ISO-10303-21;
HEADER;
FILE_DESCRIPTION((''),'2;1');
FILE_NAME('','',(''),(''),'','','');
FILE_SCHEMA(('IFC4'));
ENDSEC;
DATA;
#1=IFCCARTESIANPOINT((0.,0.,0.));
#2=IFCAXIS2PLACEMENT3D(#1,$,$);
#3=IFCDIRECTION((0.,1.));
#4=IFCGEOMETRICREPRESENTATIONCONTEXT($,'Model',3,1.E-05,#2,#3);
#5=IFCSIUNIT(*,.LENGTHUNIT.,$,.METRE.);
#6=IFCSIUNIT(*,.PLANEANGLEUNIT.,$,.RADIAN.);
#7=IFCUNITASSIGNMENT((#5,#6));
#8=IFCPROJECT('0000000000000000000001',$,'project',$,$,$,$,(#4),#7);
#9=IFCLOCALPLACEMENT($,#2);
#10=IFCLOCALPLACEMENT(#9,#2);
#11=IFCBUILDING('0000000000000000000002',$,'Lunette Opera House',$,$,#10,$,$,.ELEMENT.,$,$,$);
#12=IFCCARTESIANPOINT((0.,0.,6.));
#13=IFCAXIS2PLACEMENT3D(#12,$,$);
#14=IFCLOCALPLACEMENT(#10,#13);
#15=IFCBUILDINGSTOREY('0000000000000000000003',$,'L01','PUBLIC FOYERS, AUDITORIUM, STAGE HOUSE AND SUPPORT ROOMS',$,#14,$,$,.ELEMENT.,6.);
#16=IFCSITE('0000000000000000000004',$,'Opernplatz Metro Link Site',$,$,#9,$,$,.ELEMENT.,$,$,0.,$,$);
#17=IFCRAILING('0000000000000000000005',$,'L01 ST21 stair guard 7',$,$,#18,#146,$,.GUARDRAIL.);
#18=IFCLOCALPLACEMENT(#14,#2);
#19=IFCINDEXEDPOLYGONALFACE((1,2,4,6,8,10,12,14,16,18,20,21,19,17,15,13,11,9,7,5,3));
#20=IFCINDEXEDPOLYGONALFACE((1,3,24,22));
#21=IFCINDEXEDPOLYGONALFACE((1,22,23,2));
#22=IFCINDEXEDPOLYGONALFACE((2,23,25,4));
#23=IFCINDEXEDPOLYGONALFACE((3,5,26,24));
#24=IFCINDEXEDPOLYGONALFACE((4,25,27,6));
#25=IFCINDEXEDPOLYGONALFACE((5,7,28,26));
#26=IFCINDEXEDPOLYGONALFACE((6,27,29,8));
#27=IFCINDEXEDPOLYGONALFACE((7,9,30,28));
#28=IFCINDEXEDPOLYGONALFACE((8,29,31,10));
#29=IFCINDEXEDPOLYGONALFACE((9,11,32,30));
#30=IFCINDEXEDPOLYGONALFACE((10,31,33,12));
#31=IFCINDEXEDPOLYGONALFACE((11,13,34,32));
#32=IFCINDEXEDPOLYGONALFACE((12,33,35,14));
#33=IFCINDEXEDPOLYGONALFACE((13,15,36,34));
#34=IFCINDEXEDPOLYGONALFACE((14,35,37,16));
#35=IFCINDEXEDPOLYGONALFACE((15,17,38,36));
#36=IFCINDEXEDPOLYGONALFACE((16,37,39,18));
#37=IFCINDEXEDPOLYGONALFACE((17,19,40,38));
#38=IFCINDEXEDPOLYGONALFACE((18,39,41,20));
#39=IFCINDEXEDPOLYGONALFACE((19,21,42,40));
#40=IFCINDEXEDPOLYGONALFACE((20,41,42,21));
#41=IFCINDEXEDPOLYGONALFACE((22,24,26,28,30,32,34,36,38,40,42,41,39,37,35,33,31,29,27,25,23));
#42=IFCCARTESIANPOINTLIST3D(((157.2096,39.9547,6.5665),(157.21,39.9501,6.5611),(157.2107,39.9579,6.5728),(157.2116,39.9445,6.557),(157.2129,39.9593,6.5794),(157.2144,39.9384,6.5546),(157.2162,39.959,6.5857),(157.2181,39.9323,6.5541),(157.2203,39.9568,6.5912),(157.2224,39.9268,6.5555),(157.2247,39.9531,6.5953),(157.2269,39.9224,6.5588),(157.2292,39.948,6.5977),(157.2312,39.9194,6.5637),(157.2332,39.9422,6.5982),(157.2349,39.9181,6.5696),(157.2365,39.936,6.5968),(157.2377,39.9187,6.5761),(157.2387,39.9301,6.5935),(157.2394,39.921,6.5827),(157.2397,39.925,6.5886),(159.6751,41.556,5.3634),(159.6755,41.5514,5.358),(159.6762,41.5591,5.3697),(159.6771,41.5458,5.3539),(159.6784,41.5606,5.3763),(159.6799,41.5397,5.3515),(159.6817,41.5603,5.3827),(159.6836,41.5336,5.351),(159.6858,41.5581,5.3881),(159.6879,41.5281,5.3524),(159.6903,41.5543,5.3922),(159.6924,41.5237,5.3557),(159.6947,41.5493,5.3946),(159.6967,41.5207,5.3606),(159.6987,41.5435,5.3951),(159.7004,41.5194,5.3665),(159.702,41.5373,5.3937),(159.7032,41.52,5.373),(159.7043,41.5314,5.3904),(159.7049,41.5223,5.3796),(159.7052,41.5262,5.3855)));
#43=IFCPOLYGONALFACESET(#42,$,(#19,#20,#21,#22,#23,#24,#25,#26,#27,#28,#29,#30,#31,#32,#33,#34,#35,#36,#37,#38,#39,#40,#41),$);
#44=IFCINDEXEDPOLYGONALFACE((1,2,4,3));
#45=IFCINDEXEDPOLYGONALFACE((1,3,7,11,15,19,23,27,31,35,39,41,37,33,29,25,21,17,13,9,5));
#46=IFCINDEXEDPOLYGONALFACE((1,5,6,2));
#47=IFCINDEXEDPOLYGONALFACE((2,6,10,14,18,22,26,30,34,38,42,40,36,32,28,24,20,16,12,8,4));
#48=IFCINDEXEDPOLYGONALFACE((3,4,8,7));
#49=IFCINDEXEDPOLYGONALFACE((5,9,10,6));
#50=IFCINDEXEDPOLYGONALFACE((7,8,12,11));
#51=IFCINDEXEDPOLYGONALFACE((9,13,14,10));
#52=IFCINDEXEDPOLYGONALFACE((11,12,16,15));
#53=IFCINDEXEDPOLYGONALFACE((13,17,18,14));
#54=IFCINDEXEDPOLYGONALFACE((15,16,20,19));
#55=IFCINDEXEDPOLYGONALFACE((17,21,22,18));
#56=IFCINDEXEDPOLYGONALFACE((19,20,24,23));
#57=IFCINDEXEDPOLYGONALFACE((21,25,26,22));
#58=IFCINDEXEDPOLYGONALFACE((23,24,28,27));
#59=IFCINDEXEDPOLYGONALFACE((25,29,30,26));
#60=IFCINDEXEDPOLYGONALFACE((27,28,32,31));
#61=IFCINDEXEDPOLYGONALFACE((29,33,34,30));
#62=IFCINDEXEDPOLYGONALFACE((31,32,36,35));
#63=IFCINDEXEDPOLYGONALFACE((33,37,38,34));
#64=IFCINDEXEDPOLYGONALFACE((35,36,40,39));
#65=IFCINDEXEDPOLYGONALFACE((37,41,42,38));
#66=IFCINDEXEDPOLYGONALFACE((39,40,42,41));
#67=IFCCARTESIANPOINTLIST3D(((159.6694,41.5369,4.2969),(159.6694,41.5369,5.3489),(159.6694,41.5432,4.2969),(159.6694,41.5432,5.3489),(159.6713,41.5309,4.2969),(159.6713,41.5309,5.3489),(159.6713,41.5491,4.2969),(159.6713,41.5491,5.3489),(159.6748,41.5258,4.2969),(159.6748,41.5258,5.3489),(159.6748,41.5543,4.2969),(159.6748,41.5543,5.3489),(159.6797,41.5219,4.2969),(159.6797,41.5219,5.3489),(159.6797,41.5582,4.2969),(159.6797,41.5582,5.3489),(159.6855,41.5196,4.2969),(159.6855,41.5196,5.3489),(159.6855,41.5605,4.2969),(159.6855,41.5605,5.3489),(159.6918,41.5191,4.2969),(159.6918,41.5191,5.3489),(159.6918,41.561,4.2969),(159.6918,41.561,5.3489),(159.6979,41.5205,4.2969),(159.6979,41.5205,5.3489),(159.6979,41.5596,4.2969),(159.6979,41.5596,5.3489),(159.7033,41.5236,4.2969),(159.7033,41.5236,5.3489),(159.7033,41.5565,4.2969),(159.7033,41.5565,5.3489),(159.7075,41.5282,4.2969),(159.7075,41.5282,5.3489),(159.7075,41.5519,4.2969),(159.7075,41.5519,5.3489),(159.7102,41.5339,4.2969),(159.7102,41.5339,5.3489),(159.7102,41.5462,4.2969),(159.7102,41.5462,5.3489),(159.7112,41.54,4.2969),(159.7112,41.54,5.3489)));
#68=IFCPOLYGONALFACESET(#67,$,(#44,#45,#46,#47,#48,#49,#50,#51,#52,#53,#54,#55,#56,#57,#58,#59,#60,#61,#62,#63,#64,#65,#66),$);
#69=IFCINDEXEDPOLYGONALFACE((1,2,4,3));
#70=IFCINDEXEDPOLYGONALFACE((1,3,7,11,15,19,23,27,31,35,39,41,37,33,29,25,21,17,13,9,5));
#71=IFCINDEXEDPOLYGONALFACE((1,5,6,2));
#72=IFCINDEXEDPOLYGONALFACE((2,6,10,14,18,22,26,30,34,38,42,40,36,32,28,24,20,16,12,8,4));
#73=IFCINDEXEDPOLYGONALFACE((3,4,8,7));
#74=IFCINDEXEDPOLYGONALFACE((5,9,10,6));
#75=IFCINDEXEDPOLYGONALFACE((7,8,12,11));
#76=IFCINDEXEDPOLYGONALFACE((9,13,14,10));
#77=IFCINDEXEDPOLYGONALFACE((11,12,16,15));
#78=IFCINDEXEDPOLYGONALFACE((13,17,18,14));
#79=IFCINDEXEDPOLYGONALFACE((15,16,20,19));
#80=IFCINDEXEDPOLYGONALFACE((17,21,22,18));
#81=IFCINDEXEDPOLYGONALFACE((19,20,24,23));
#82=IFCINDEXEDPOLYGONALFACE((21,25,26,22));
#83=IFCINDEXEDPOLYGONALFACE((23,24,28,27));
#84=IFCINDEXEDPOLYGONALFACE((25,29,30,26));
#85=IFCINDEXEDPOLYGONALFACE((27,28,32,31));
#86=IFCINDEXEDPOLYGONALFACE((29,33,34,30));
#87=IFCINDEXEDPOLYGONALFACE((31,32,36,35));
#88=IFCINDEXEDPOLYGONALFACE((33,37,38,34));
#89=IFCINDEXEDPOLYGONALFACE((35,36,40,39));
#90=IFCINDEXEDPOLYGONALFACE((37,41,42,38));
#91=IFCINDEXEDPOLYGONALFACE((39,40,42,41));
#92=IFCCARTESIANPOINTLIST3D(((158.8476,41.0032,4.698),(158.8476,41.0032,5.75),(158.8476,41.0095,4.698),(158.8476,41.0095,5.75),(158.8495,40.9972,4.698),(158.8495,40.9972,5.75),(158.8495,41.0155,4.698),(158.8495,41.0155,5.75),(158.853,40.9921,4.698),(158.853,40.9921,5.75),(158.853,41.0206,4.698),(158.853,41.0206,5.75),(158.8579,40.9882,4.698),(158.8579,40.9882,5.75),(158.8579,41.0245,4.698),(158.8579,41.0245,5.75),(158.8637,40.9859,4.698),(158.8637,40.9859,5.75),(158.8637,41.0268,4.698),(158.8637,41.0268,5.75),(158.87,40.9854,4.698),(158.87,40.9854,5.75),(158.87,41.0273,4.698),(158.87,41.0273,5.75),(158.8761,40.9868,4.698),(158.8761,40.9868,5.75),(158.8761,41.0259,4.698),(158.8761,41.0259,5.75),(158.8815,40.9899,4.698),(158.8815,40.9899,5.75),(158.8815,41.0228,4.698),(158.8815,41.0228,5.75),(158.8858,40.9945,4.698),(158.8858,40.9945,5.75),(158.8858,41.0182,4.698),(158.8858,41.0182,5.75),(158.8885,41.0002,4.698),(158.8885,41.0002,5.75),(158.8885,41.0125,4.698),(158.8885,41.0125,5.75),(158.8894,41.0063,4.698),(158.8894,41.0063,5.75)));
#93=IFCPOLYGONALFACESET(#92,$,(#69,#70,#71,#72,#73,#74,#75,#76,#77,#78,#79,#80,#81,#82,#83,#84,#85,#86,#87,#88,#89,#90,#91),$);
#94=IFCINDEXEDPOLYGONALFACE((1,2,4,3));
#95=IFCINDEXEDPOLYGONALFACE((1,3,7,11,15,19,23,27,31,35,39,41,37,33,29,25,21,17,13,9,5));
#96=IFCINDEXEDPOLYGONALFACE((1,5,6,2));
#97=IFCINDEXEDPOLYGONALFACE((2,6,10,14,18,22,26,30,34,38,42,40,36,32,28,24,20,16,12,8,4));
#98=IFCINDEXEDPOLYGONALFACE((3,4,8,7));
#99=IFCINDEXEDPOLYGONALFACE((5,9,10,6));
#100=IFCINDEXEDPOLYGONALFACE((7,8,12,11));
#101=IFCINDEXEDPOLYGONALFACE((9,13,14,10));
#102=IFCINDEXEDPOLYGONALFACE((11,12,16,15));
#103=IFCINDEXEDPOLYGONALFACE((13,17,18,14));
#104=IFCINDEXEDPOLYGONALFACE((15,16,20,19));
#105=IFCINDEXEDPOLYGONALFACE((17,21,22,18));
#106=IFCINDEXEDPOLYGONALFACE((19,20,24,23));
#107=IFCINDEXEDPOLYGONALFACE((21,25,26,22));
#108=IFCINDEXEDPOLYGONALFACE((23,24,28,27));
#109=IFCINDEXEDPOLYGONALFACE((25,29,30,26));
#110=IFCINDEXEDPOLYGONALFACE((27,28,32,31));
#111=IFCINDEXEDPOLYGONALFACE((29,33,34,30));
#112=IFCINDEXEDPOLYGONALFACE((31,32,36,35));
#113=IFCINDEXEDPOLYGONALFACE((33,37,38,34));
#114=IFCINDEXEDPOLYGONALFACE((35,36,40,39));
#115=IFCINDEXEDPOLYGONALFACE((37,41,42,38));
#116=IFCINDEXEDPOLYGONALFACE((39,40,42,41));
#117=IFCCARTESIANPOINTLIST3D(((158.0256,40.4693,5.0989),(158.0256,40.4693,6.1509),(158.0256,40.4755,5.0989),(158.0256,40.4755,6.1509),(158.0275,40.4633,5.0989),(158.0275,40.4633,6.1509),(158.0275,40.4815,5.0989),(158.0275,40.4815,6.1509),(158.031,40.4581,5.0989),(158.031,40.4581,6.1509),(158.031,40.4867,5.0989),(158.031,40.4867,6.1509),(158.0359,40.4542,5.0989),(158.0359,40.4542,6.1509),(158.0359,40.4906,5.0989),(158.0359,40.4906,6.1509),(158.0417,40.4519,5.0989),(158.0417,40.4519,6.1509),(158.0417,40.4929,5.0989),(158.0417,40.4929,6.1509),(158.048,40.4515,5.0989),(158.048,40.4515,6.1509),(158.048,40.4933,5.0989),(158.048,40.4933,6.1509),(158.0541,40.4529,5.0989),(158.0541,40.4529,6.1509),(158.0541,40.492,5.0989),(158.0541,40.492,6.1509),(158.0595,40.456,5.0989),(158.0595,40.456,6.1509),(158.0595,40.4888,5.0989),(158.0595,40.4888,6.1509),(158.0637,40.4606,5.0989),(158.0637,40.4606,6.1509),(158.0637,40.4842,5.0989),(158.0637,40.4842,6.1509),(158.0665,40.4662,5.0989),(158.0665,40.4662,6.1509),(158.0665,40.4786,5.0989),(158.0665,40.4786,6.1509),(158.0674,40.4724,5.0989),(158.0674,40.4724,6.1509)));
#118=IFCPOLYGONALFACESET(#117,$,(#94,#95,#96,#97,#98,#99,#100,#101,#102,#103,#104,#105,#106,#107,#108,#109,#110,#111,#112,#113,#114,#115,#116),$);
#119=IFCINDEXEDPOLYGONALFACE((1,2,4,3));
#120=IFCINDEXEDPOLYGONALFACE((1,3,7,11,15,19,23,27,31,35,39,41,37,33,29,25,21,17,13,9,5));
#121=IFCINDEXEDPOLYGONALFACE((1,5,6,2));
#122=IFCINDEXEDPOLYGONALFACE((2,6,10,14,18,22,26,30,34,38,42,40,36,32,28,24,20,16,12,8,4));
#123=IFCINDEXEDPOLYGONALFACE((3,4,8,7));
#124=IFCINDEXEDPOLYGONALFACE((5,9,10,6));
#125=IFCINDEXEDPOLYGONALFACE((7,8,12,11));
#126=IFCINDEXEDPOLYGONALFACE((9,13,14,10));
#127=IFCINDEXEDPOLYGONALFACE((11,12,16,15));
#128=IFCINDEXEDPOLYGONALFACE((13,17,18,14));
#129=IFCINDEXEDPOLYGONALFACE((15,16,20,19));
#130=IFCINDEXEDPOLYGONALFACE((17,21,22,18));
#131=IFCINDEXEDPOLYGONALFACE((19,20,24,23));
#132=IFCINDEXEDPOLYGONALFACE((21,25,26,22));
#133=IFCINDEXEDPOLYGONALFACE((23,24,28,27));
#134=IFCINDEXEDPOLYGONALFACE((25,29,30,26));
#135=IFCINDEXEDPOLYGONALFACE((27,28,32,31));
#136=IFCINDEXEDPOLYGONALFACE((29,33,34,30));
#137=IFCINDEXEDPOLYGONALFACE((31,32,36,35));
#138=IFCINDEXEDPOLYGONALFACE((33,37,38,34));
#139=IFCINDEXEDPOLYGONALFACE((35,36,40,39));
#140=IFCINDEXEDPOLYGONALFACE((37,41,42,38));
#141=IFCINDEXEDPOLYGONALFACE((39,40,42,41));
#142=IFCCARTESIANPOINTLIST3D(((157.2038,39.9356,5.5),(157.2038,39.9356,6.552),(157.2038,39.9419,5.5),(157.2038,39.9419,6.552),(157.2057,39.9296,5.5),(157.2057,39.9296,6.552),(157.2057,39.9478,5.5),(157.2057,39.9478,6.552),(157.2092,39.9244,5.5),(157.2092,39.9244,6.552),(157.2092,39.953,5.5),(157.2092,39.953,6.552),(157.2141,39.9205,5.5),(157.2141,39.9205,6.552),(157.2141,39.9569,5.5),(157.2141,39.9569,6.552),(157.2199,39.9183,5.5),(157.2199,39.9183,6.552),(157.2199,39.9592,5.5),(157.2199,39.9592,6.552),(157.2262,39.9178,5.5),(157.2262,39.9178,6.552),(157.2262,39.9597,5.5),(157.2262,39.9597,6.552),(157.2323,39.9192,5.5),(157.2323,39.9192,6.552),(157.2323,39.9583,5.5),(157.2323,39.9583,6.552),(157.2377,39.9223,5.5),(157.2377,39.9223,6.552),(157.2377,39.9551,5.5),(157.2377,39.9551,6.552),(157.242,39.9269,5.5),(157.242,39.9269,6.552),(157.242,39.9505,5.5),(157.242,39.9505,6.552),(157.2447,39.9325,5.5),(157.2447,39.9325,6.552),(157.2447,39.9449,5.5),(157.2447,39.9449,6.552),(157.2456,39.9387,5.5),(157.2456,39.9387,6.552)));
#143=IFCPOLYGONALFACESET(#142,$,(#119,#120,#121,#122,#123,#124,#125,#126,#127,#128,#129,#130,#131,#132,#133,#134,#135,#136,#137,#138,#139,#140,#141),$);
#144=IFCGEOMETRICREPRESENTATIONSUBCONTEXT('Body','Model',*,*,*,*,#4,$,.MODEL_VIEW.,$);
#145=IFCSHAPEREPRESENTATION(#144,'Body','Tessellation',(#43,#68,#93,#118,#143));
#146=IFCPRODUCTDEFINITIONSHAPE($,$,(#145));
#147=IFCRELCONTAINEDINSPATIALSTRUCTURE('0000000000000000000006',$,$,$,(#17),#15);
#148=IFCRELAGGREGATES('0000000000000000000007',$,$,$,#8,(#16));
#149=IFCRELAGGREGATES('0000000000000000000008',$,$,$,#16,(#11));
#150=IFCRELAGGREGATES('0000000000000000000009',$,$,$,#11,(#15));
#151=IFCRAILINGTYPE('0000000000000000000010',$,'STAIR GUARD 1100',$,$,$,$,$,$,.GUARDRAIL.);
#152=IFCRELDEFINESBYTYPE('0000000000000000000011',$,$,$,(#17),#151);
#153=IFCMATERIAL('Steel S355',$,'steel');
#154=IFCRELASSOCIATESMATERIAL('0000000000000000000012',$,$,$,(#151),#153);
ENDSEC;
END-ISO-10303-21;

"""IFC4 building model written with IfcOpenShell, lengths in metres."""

from ifc_helpers import new_model, si_unit, direction, frame, origin, origin_2d, place, context, subcontext, project, spatial, circle, extrude, material, type_object, element, save


model = new_model("IFC4")

# Units and contexts
model_context = context("Model", 3, precision=1e-05, world=origin(), true_north=direction((0.0, 1.0)))
body_context = subcontext(model_context, "Body", "Model", "MODEL_VIEW")
ifc_project = project(units=[si_unit("LENGTHUNIT", "METRE"), si_unit("PLANEANGLEUNIT", "RADIAN")], contexts=[model_context])

# Site, building, storey
site_placement = place(None, origin())
site = spatial("IfcSite", under=ifc_project, at=site_placement, Name="Opernplatz Metro Link Site", CompositionType="ELEMENT", RefElevation=0.0)
building_placement = place(site_placement, origin())
building = spatial("IfcBuilding", under=site, at=building_placement, Name="Lunette Opera House", CompositionType="ELEMENT")
storey_placement = place(building_placement, frame((0.0, 0.0, 6.0)))
storey = spatial("IfcBuildingStorey", under=building, at=storey_placement, Name="L01", Description="PUBLIC FOYERS, AUDITORIUM, STAGE HOUSE AND SUPPORT ROOMS", CompositionType="ELEMENT", Elevation=6.0)

# Railing
ifc_material_1 = material(Name="Steel S355", Category="steel")
railing_type_1 = type_object("IfcRailingType", Name="STAIR GUARD 1100", PredefinedType="GUARDRAIL", material=ifc_material_1)
railing_1_placement = place(storey_placement, frame((159.6902, 41.54, 4.2969)))
element("IfcRailing", 1, at=railing_1_placement, inside=storey, type_object=railing_type_1, Name="L01 ST21 stair guard 7", PredefinedType="GUARDRAIL", context=body_context, shape_type="SweptSolid", body=[
    extrude(circle(Radius=0.0239, at=origin_2d()), frame((0.0, 0.0, 1.0762), z_axis=(-0.776168, -0.504098, 0.378746), x_axis=(0.544676, -0.838647, 0.0)), (0.0, 0.0, 1.0), 3.1765),
    extrude(circle(Radius=0.021, at=origin_2d()), origin(), (0.0, 0.0, 1.0), 1.052),
    extrude(circle(Radius=0.021, at=origin_2d()), frame((-0.8218, -0.5337, 0.4011)), (0.0, 0.0, 1.0), 1.052),
    extrude(circle(Radius=0.021, at=origin_2d()), frame((-1.6438, -1.0676, 0.802)), (0.0, 0.0, 1.0), 1.052),
    extrude(circle(Radius=0.021, at=origin_2d()), frame((-2.4656, -1.6013, 1.2031)), (0.0, 0.0, 1.0), 1.052),
])

save(model, "model.ifc")
